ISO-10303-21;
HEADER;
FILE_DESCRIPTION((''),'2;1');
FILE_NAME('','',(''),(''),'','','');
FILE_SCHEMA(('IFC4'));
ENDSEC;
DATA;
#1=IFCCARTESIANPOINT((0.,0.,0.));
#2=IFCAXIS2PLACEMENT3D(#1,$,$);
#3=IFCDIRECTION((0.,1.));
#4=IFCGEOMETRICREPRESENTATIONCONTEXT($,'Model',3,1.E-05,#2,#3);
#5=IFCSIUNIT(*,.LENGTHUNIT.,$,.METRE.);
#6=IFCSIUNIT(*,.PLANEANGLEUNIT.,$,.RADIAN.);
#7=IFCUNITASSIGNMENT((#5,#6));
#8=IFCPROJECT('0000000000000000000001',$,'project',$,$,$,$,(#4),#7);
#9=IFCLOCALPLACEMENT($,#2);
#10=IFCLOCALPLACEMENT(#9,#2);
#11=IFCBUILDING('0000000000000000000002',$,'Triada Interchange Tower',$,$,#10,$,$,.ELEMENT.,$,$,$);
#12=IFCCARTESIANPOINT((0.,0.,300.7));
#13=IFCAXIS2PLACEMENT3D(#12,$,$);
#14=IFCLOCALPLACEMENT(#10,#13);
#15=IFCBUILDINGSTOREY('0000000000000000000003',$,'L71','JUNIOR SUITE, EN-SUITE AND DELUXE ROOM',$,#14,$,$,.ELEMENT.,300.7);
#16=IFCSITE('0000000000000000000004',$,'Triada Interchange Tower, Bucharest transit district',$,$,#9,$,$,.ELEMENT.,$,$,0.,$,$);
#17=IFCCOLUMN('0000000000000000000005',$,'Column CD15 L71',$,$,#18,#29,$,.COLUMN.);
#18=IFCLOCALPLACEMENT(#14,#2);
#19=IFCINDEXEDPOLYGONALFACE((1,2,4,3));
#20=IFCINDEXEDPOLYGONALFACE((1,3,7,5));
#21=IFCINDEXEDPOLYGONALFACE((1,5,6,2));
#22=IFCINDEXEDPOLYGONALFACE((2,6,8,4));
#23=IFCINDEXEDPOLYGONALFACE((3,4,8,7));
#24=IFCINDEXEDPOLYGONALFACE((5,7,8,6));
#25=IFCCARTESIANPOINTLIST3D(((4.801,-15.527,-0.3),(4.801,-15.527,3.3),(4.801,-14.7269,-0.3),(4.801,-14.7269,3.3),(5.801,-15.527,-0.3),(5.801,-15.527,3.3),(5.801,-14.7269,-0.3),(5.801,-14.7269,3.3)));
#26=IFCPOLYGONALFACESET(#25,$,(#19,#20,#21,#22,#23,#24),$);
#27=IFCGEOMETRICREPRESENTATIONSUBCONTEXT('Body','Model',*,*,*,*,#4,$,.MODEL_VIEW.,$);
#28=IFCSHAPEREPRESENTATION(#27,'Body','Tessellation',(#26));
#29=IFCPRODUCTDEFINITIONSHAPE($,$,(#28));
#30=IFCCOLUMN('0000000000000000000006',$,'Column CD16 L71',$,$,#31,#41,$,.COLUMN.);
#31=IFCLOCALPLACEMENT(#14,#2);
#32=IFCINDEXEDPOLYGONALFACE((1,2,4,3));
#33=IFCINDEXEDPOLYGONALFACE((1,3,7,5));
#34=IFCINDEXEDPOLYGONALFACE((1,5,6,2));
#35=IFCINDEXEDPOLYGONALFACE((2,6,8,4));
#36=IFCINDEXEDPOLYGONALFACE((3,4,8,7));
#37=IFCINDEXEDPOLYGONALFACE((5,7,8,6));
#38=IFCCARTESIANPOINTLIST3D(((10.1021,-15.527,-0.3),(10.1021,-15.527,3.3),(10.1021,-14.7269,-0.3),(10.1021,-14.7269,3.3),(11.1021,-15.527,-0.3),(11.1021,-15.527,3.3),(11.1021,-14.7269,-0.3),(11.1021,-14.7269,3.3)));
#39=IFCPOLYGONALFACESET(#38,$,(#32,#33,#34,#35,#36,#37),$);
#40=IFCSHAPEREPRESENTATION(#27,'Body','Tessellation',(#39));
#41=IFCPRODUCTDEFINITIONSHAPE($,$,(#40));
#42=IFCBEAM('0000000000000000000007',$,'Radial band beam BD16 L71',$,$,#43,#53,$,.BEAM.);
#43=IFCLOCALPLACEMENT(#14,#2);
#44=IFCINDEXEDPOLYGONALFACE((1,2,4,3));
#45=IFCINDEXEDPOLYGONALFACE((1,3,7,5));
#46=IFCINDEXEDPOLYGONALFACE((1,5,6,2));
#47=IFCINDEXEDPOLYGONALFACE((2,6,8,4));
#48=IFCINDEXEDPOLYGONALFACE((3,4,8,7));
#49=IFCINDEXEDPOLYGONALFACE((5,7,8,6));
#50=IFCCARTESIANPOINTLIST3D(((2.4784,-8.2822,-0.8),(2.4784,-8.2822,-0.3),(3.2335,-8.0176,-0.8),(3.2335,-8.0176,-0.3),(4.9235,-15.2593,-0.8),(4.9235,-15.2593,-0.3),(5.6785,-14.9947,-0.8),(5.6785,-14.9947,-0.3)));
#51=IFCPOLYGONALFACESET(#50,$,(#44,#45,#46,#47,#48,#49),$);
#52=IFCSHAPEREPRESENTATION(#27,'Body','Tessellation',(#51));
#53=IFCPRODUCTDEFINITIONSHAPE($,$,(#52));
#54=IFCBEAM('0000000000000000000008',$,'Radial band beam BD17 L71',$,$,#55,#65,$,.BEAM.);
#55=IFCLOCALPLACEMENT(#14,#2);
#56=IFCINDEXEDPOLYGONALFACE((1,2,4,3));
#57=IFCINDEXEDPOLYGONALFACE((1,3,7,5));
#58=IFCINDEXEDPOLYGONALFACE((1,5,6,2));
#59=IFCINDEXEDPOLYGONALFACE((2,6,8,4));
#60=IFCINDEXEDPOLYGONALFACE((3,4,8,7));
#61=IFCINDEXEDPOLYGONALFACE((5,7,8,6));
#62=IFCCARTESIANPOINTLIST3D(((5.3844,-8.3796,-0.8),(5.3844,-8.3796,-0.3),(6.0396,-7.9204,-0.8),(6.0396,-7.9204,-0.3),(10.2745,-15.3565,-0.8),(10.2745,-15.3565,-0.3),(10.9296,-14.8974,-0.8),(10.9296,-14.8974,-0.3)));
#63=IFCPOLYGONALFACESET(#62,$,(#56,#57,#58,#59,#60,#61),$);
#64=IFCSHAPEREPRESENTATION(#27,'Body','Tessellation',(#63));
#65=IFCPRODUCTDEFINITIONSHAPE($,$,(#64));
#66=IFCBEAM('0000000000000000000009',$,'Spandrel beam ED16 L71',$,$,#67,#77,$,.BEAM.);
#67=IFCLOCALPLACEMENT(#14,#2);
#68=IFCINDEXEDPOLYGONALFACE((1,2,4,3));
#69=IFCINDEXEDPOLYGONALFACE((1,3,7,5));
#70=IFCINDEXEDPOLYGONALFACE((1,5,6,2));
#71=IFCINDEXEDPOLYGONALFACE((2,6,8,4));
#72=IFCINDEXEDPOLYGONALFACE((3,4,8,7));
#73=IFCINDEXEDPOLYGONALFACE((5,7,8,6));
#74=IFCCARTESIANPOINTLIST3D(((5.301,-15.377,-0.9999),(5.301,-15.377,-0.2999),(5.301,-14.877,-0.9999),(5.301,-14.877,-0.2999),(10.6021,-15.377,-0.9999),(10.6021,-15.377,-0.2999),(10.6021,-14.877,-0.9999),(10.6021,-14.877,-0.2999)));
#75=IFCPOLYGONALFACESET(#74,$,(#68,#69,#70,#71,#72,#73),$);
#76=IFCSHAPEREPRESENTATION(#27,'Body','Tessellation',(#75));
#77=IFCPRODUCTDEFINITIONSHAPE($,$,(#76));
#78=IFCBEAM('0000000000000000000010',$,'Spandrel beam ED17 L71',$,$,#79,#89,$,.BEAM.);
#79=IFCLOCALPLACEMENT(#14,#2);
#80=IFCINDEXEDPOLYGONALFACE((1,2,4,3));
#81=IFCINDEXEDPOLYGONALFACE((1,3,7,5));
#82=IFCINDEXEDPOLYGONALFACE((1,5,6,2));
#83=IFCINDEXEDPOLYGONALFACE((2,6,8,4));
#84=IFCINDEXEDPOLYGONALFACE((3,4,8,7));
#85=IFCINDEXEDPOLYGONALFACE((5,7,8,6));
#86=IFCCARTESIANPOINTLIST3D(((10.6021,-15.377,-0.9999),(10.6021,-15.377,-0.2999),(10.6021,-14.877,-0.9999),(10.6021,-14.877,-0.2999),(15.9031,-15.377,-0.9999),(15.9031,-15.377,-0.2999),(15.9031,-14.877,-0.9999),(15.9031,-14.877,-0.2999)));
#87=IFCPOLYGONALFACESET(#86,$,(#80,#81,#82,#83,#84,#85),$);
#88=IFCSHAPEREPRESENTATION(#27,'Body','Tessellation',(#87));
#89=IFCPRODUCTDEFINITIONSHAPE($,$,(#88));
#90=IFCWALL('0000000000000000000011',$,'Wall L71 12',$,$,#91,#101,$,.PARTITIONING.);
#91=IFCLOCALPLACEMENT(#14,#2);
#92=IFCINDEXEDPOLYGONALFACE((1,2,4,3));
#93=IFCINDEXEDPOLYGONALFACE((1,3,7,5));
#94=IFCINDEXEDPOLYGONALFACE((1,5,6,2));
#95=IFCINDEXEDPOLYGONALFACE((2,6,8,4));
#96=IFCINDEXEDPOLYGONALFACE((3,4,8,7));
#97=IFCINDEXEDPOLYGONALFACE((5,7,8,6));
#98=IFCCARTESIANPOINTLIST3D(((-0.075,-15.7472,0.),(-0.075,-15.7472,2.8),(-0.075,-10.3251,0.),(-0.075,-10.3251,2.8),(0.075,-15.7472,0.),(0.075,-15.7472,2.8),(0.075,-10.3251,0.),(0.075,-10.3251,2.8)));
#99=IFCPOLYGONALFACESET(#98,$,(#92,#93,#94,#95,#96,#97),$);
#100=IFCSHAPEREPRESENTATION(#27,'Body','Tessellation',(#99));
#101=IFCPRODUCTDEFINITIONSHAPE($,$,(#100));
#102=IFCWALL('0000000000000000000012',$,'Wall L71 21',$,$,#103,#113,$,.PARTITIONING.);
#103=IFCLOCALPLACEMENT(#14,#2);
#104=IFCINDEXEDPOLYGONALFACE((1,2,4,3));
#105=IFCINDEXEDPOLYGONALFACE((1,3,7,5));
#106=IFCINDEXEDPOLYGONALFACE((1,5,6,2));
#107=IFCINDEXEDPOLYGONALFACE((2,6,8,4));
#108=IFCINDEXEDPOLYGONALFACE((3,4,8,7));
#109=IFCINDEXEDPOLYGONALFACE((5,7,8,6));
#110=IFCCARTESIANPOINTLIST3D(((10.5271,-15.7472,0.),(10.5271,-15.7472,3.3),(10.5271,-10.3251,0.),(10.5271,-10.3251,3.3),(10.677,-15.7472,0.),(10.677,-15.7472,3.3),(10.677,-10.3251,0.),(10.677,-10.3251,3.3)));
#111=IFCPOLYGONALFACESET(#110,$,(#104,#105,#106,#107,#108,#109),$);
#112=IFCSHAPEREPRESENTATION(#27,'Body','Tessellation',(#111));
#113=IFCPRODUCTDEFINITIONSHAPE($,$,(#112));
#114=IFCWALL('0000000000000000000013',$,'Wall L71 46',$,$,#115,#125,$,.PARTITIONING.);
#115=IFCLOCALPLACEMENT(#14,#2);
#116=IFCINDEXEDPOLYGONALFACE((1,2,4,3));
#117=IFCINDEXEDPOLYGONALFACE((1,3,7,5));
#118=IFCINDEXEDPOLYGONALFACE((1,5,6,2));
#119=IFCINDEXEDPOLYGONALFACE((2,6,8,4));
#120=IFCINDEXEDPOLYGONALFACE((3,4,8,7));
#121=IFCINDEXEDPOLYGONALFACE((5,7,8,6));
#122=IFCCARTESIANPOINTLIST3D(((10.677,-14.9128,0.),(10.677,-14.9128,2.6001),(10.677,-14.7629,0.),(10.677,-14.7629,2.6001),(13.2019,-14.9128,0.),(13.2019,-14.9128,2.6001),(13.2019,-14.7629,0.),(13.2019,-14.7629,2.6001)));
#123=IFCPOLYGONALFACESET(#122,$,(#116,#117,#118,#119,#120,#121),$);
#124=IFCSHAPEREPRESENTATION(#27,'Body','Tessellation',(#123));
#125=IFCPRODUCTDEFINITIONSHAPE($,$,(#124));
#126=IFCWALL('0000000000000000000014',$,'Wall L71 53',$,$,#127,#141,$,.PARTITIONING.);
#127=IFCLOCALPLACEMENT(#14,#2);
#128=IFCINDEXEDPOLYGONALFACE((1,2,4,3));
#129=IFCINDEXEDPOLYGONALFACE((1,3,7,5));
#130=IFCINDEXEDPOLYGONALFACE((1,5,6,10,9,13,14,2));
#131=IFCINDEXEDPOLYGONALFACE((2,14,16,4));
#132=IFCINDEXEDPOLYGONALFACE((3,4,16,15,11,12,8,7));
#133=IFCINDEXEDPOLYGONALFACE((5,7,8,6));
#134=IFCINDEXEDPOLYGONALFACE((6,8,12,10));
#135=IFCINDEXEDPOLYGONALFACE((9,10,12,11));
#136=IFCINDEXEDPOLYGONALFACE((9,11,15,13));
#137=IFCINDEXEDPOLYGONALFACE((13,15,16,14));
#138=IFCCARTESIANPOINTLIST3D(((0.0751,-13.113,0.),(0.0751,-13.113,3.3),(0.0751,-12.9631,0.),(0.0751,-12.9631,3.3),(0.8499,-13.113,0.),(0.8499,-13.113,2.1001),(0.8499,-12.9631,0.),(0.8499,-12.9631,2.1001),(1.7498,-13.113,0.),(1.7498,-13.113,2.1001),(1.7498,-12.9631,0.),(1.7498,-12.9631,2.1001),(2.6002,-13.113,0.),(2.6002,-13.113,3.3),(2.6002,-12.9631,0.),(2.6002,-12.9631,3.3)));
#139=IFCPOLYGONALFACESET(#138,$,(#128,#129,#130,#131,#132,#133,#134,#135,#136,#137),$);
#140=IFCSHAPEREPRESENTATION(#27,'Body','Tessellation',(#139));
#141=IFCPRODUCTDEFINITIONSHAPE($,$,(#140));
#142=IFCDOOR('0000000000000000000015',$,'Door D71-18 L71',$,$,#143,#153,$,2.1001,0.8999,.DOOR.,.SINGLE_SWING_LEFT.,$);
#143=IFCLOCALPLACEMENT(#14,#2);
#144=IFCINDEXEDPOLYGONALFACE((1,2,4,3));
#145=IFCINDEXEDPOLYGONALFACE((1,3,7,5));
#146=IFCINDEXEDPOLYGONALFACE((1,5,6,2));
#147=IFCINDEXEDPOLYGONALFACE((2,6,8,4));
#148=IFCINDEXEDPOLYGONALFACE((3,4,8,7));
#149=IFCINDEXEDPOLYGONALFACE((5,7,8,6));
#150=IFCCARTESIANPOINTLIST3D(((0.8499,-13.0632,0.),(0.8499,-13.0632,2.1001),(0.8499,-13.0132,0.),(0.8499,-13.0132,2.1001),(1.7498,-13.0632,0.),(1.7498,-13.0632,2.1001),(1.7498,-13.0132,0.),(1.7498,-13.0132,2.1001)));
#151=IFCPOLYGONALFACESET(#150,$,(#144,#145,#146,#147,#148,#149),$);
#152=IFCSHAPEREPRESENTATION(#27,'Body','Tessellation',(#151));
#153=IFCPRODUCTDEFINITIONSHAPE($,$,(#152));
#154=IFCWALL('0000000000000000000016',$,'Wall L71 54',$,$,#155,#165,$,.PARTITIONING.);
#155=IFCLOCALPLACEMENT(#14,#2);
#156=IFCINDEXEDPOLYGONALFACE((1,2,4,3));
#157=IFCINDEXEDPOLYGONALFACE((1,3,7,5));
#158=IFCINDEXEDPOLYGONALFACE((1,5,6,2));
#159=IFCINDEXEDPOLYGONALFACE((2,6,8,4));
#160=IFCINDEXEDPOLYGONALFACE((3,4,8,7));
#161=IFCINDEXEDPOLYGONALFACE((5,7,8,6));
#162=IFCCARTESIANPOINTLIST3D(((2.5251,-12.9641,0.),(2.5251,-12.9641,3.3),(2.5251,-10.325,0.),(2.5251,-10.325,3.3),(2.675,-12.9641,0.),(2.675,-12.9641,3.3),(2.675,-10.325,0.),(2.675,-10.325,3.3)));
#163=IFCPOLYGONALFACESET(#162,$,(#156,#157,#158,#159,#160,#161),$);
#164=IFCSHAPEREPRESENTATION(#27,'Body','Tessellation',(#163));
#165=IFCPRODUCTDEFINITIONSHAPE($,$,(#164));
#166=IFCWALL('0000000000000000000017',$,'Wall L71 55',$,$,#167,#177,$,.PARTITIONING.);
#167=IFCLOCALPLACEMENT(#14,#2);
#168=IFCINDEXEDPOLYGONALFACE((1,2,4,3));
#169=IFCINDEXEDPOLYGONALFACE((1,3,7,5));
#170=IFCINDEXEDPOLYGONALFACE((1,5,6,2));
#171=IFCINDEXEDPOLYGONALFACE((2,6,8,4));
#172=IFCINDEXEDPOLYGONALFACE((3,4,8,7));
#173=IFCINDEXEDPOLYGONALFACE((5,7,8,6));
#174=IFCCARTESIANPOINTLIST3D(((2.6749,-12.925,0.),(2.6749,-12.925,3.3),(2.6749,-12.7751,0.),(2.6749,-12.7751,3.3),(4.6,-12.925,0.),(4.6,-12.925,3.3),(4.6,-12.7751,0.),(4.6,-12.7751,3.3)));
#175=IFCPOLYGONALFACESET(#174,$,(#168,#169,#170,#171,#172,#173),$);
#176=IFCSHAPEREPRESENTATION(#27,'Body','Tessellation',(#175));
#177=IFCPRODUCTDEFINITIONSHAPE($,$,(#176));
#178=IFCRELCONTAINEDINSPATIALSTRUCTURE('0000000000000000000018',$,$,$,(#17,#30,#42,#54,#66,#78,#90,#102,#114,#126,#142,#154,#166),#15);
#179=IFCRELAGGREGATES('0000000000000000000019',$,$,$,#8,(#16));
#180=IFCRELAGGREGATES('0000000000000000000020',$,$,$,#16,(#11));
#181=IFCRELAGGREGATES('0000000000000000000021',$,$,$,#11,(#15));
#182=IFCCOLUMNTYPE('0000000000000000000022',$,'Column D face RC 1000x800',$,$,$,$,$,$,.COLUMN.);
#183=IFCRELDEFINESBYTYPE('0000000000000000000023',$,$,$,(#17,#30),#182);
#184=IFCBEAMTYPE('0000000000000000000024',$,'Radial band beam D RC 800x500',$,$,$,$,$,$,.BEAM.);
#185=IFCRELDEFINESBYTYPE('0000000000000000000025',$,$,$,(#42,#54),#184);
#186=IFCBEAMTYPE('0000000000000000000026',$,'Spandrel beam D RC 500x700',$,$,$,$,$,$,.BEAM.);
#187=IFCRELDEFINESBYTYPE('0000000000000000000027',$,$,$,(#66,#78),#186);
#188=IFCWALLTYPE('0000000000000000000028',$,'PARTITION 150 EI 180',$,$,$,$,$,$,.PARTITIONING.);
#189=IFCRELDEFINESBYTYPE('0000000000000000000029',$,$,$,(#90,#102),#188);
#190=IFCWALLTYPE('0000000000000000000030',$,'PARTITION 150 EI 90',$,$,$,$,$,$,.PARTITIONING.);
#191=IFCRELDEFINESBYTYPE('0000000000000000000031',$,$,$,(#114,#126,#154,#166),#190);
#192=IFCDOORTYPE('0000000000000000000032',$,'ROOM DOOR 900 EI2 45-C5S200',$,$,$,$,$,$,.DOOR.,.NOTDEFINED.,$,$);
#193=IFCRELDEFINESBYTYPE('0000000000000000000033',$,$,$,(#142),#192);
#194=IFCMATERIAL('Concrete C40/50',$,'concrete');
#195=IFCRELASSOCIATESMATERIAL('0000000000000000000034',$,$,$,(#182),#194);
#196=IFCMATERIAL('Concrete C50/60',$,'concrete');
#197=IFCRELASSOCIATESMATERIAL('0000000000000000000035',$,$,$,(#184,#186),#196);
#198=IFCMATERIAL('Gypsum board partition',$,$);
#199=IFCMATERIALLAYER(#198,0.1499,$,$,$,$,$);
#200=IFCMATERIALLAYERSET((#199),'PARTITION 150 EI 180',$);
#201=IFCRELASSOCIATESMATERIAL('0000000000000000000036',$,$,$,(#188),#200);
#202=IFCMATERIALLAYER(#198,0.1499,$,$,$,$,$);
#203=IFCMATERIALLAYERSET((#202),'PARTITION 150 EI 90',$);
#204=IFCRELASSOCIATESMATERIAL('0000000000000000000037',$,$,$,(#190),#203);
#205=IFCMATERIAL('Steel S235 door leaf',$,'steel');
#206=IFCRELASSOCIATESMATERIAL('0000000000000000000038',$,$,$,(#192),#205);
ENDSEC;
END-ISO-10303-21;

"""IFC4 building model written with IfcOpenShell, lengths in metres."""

from ifc_helpers import new_model, si_unit, direction, frame, frame_2d, origin, origin_2d, place, context, subcontext, project, spatial, rectangle, extrude, material, layer, layer_set, material_profile, profile_set, type_object, element, fill, save


model = new_model("IFC4")

# Units and contexts
model_context = context("Model", 3, precision=1e-05, world=origin(), true_north=direction((0.0, 1.0)))
body_context = subcontext(model_context, "Body", "Model", "MODEL_VIEW")
ifc_project = project(units=[si_unit("LENGTHUNIT", "METRE"), si_unit("PLANEANGLEUNIT", "RADIAN")], contexts=[model_context])

# Site, building, storey
site_placement = place(None, origin())
site = spatial("IfcSite", under=ifc_project, at=site_placement, Name="Triada Interchange Tower, Bucharest transit district", CompositionType="ELEMENT", RefElevation=0.0)
building_placement = place(site_placement, origin())
building = spatial("IfcBuilding", under=site, at=building_placement, Name="Triada Interchange Tower", CompositionType="ELEMENT")
storey_placement = place(building_placement, frame((0.0, 0.0, 300.7)))
storey = spatial("IfcBuildingStorey", under=building, at=storey_placement, Name="L71", Description="JUNIOR SUITE, EN-SUITE AND DELUXE ROOM", CompositionType="ELEMENT", Elevation=300.7)

# Columns
ifc_material_1 = material(Name="Concrete C40/50", Category="concrete")
ifc_material_profile_1 = material_profile(ifc_material_1, rectangle(XDim=1.0, YDim=0.8, at=origin_2d()), Name="RC 1000x800")
ifc_profile_set_1 = profile_set([ifc_material_profile_1], Name="Concrete C40/50")
column_type = type_object("IfcColumnType", Name="Column D face RC 1000x800", PredefinedType="COLUMN", material=ifc_profile_set_1)
for number, where, z_axis, x_axis, name in (
    (1, (5.301, -15.127, -0.3), (0.0, 0.0, 1.0), (1.0, 0.0, 0.0), "Column CD15 L71"),
    (2, (10.6021, -15.127, -0.3), (0.0, 0.0, 1.0), (1.0, 0.0, 0.0), "Column CD16 L71"),
):
    element("IfcColumn", number, at=place(storey_placement, frame(where, z_axis=z_axis, x_axis=x_axis)), inside=storey, type_object=column_type, Name=name, PredefinedType="COLUMN", context=body_context, shape_type="SweptSolid", body=[
        extrude(rectangle(XDim=1.0, YDim=0.8, at=origin_2d()), origin(), (0.0, 0.0, 1.0), 3.6001),
    ])

# Beams
ifc_material_2 = material(Name="Concrete C50/60", Category="concrete")
ifc_material_profile_2 = material_profile(ifc_material_2, rectangle(XDim=0.8, YDim=0.5, at=origin_2d()), Name="RC 800x500")
ifc_profile_set_2 = profile_set([ifc_material_profile_2], Name="Concrete C50/60")
beam_type_1 = type_object("IfcBeamType", Name="Radial band beam D RC 800x500", PredefinedType="BEAM", material=ifc_profile_set_2)
beam_1_placement = place(storey_placement, frame((5.301, -15.127, -0.55), z_axis=(-0.330724, 0.943728, 0.0), x_axis=(-0.943728, -0.330724, 0.0)))
element("IfcBeam", 3, at=beam_1_placement, inside=storey, type_object=beam_type_1, Name="Radial band beam BD16 L71", PredefinedType="BEAM", context=body_context, shape_type="SweptSolid", body=[
    extrude(rectangle(XDim=0.8, YDim=0.5, at=origin_2d()), origin(), (0.0, 0.0, 1.0), 7.3931),
])
beam_2_placement = place(storey_placement, frame((10.6021, -15.127, -0.55), z_axis=(-0.573951, 0.81889, 0.0), x_axis=(-0.81889, -0.573951, 0.0)))
element("IfcBeam", 4, at=beam_2_placement, inside=storey, type_object=beam_type_1, Name="Radial band beam BD17 L71", PredefinedType="BEAM", context=body_context, shape_type="SweptSolid", body=[
    extrude(rectangle(XDim=0.8, YDim=0.5, at=origin_2d()), origin(), (0.0, 0.0, 1.0), 8.52),
])
ifc_material_profile_3 = material_profile(ifc_material_2, rectangle(XDim=0.5, YDim=0.7, at=origin_2d()), Name="RC 500x700")
ifc_profile_set_3 = profile_set([ifc_material_profile_3], Name="Concrete C50/60")
beam_type_2 = type_object("IfcBeamType", Name="Spandrel beam D RC 500x700", PredefinedType="BEAM", material=ifc_profile_set_3)
for number, where, z_axis, x_axis, name in (
    (5, (5.301, -15.127, -0.6499), (1.0, 0.0, 0.0), (0.0, 1.0, 0.0), "Spandrel beam ED16 L71"),
    (6, (10.6021, -15.127, -0.6499), (1.0, 0.0, 0.0), (0.0, 1.0, 0.0), "Spandrel beam ED17 L71"),
):
    element("IfcBeam", number, at=place(storey_placement, frame(where, z_axis=z_axis, x_axis=x_axis)), inside=storey, type_object=beam_type_2, Name=name, PredefinedType="BEAM", context=body_context, shape_type="SweptSolid", body=[
        extrude(rectangle(XDim=0.5, YDim=0.7, at=origin_2d()), origin(), (0.0, 0.0, 1.0), 5.301),
    ])

# Walls
ifc_material_3 = material(Name="Gypsum board partition")
ifc_layer_1 = layer(ifc_material_3, 0.1499)
ifc_layer_set_1 = layer_set([ifc_layer_1], Name="PARTITION 150 EI 180")
wall_type_1 = type_object("IfcWallType", Name="PARTITION 150 EI 180", PredefinedType="PARTITIONING", material=ifc_layer_set_1)
wall_1_placement = place(storey_placement, frame((0.0, -15.7471, 0.0), z_axis=(0.0, 0.0, 1.0), x_axis=(0.0, 1.0, 0.0)))
element("IfcWall", 7, at=wall_1_placement, inside=storey, type_object=wall_type_1, Name="Wall L71 12", PredefinedType="PARTITIONING", context=body_context, shape_type="SweptSolid", body=[
    extrude(rectangle(XDim=5.4221, YDim=0.1499, at=frame_2d((2.7109, 0.0))), origin(), (0.0, 0.0, 1.0), 2.8),
])
wall_2_placement = place(storey_placement, frame((10.6021, -15.7471, 0.0), z_axis=(0.0, 0.0, 1.0), x_axis=(0.0, 1.0, 0.0)))
element("IfcWall", 8, at=wall_2_placement, inside=storey, type_object=wall_type_1, Name="Wall L71 21", PredefinedType="PARTITIONING", context=body_context, shape_type="SweptSolid", body=[
    extrude(rectangle(XDim=5.4221, YDim=0.1499, at=frame_2d((2.7109, 0.0))), origin(), (0.0, 0.0, 1.0), 3.3),
])
ifc_layer_2 = layer(ifc_material_3, 0.1499)
ifc_layer_set_2 = layer_set([ifc_layer_2], Name="PARTITION 150 EI 90")
wall_type_2 = type_object("IfcWallType", Name="PARTITION 150 EI 90", PredefinedType="PARTITIONING", material=ifc_layer_set_2)
wall_3_placement = place(storey_placement, frame((10.677, -14.8379, 0.0), z_axis=(0.0, 0.0, 1.0), x_axis=(1.0, 0.0, 0.0)))
element("IfcWall", 9, at=wall_3_placement, inside=storey, type_object=wall_type_2, Name="Wall L71 46", PredefinedType="PARTITIONING", context=body_context, shape_type="SweptSolid", body=[
    extrude(rectangle(XDim=2.5249, YDim=0.1499, at=frame_2d((1.2625, 0.0))), origin(), (0.0, 0.0, 1.0), 2.6001),
])

# Wall, opening, door
wall_4_placement = place(storey_placement, frame((0.075, -13.0381, 0.0), z_axis=(0.0, 0.0, 1.0), x_axis=(1.0, 0.0, 0.0)))
wall_4 = element("IfcWall", 10, at=wall_4_placement, inside=storey, type_object=wall_type_2, Name="Wall L71 53", PredefinedType="PARTITIONING", context=body_context, shape_type="SweptSolid", body=[
    extrude(rectangle(XDim=2.5251, YDim=0.1499, at=frame_2d((1.2627, 0.0))), origin(), (0.0, 0.0, 1.0), 3.3),
])
opening_1_placement = place(wall_4_placement, frame((0.7749, 0.0, 0.0)))
opening_1 = element("IfcOpeningElement", 11, at=opening_1_placement, cuts=wall_4, PredefinedType="OPENING", context=body_context, shape_type="SweptSolid", body=[
    extrude(rectangle(XDim=0.8999, YDim=2.1001, at=frame_2d((0.45, 1.05))), frame((0.0, 0.085, 0.0), z_axis=(0.0, -1.0, 0.0), x_axis=(1.0, 0.0, 0.0)), (0.0, 0.0, 1.0), 0.1699),
])
ifc_material_4 = material(Name="Steel S235 door leaf", Category="steel")
door_type_1 = type_object("IfcDoorType", Name="ROOM DOOR 900 EI2 45-C5S200", OperationType="NOTDEFINED", PredefinedType="DOOR", material=ifc_material_4)
door_1_placement = place(opening_1_placement, origin())
door_1 = element("IfcDoor", 12, at=door_1_placement, inside=storey, type_object=door_type_1, Name="Door D71-18 L71", OperationType="SINGLE_SWING_LEFT", OverallHeight=2.1001, OverallWidth=0.8999, PredefinedType="DOOR", context=body_context, shape_type="SweptSolid", body=[
    extrude(rectangle(XDim=0.8999, YDim=2.1001, at=frame_2d((0.45, 1.05))), frame((0.0, 0.0249, 0.0), z_axis=(0.0, -1.0, 0.0), x_axis=(1.0, 0.0, 0.0)), (0.0, 0.0, 1.0), 0.05),
])
fill(opening_1, door_1)

# Walls
wall_5_placement = place(storey_placement, frame((2.6001, -12.9641, 0.0), z_axis=(0.0, 0.0, 1.0), x_axis=(0.0, 1.0, 0.0)))
element("IfcWall", 13, at=wall_5_placement, inside=storey, type_object=wall_type_2, Name="Wall L71 54", PredefinedType="PARTITIONING", context=body_context, shape_type="SweptSolid", body=[
    extrude(rectangle(XDim=2.6392, YDim=0.1499, at=frame_2d((1.3196, 0.0))), origin(), (0.0, 0.0, 1.0), 3.3),
])
wall_6_placement = place(storey_placement, frame((2.675, -12.8501, 0.0), z_axis=(0.0, 0.0, 1.0), x_axis=(1.0, 0.0, 0.0)))
element("IfcWall", 14, at=wall_6_placement, inside=storey, type_object=wall_type_2, Name="Wall L71 55", PredefinedType="PARTITIONING", context=body_context, shape_type="SweptSolid", body=[
    extrude(rectangle(XDim=1.925, YDim=0.1499, at=frame_2d((0.9624, 0.0))), origin(), (0.0, 0.0, 1.0), 3.3),
])

save(model, "model.ifc")
